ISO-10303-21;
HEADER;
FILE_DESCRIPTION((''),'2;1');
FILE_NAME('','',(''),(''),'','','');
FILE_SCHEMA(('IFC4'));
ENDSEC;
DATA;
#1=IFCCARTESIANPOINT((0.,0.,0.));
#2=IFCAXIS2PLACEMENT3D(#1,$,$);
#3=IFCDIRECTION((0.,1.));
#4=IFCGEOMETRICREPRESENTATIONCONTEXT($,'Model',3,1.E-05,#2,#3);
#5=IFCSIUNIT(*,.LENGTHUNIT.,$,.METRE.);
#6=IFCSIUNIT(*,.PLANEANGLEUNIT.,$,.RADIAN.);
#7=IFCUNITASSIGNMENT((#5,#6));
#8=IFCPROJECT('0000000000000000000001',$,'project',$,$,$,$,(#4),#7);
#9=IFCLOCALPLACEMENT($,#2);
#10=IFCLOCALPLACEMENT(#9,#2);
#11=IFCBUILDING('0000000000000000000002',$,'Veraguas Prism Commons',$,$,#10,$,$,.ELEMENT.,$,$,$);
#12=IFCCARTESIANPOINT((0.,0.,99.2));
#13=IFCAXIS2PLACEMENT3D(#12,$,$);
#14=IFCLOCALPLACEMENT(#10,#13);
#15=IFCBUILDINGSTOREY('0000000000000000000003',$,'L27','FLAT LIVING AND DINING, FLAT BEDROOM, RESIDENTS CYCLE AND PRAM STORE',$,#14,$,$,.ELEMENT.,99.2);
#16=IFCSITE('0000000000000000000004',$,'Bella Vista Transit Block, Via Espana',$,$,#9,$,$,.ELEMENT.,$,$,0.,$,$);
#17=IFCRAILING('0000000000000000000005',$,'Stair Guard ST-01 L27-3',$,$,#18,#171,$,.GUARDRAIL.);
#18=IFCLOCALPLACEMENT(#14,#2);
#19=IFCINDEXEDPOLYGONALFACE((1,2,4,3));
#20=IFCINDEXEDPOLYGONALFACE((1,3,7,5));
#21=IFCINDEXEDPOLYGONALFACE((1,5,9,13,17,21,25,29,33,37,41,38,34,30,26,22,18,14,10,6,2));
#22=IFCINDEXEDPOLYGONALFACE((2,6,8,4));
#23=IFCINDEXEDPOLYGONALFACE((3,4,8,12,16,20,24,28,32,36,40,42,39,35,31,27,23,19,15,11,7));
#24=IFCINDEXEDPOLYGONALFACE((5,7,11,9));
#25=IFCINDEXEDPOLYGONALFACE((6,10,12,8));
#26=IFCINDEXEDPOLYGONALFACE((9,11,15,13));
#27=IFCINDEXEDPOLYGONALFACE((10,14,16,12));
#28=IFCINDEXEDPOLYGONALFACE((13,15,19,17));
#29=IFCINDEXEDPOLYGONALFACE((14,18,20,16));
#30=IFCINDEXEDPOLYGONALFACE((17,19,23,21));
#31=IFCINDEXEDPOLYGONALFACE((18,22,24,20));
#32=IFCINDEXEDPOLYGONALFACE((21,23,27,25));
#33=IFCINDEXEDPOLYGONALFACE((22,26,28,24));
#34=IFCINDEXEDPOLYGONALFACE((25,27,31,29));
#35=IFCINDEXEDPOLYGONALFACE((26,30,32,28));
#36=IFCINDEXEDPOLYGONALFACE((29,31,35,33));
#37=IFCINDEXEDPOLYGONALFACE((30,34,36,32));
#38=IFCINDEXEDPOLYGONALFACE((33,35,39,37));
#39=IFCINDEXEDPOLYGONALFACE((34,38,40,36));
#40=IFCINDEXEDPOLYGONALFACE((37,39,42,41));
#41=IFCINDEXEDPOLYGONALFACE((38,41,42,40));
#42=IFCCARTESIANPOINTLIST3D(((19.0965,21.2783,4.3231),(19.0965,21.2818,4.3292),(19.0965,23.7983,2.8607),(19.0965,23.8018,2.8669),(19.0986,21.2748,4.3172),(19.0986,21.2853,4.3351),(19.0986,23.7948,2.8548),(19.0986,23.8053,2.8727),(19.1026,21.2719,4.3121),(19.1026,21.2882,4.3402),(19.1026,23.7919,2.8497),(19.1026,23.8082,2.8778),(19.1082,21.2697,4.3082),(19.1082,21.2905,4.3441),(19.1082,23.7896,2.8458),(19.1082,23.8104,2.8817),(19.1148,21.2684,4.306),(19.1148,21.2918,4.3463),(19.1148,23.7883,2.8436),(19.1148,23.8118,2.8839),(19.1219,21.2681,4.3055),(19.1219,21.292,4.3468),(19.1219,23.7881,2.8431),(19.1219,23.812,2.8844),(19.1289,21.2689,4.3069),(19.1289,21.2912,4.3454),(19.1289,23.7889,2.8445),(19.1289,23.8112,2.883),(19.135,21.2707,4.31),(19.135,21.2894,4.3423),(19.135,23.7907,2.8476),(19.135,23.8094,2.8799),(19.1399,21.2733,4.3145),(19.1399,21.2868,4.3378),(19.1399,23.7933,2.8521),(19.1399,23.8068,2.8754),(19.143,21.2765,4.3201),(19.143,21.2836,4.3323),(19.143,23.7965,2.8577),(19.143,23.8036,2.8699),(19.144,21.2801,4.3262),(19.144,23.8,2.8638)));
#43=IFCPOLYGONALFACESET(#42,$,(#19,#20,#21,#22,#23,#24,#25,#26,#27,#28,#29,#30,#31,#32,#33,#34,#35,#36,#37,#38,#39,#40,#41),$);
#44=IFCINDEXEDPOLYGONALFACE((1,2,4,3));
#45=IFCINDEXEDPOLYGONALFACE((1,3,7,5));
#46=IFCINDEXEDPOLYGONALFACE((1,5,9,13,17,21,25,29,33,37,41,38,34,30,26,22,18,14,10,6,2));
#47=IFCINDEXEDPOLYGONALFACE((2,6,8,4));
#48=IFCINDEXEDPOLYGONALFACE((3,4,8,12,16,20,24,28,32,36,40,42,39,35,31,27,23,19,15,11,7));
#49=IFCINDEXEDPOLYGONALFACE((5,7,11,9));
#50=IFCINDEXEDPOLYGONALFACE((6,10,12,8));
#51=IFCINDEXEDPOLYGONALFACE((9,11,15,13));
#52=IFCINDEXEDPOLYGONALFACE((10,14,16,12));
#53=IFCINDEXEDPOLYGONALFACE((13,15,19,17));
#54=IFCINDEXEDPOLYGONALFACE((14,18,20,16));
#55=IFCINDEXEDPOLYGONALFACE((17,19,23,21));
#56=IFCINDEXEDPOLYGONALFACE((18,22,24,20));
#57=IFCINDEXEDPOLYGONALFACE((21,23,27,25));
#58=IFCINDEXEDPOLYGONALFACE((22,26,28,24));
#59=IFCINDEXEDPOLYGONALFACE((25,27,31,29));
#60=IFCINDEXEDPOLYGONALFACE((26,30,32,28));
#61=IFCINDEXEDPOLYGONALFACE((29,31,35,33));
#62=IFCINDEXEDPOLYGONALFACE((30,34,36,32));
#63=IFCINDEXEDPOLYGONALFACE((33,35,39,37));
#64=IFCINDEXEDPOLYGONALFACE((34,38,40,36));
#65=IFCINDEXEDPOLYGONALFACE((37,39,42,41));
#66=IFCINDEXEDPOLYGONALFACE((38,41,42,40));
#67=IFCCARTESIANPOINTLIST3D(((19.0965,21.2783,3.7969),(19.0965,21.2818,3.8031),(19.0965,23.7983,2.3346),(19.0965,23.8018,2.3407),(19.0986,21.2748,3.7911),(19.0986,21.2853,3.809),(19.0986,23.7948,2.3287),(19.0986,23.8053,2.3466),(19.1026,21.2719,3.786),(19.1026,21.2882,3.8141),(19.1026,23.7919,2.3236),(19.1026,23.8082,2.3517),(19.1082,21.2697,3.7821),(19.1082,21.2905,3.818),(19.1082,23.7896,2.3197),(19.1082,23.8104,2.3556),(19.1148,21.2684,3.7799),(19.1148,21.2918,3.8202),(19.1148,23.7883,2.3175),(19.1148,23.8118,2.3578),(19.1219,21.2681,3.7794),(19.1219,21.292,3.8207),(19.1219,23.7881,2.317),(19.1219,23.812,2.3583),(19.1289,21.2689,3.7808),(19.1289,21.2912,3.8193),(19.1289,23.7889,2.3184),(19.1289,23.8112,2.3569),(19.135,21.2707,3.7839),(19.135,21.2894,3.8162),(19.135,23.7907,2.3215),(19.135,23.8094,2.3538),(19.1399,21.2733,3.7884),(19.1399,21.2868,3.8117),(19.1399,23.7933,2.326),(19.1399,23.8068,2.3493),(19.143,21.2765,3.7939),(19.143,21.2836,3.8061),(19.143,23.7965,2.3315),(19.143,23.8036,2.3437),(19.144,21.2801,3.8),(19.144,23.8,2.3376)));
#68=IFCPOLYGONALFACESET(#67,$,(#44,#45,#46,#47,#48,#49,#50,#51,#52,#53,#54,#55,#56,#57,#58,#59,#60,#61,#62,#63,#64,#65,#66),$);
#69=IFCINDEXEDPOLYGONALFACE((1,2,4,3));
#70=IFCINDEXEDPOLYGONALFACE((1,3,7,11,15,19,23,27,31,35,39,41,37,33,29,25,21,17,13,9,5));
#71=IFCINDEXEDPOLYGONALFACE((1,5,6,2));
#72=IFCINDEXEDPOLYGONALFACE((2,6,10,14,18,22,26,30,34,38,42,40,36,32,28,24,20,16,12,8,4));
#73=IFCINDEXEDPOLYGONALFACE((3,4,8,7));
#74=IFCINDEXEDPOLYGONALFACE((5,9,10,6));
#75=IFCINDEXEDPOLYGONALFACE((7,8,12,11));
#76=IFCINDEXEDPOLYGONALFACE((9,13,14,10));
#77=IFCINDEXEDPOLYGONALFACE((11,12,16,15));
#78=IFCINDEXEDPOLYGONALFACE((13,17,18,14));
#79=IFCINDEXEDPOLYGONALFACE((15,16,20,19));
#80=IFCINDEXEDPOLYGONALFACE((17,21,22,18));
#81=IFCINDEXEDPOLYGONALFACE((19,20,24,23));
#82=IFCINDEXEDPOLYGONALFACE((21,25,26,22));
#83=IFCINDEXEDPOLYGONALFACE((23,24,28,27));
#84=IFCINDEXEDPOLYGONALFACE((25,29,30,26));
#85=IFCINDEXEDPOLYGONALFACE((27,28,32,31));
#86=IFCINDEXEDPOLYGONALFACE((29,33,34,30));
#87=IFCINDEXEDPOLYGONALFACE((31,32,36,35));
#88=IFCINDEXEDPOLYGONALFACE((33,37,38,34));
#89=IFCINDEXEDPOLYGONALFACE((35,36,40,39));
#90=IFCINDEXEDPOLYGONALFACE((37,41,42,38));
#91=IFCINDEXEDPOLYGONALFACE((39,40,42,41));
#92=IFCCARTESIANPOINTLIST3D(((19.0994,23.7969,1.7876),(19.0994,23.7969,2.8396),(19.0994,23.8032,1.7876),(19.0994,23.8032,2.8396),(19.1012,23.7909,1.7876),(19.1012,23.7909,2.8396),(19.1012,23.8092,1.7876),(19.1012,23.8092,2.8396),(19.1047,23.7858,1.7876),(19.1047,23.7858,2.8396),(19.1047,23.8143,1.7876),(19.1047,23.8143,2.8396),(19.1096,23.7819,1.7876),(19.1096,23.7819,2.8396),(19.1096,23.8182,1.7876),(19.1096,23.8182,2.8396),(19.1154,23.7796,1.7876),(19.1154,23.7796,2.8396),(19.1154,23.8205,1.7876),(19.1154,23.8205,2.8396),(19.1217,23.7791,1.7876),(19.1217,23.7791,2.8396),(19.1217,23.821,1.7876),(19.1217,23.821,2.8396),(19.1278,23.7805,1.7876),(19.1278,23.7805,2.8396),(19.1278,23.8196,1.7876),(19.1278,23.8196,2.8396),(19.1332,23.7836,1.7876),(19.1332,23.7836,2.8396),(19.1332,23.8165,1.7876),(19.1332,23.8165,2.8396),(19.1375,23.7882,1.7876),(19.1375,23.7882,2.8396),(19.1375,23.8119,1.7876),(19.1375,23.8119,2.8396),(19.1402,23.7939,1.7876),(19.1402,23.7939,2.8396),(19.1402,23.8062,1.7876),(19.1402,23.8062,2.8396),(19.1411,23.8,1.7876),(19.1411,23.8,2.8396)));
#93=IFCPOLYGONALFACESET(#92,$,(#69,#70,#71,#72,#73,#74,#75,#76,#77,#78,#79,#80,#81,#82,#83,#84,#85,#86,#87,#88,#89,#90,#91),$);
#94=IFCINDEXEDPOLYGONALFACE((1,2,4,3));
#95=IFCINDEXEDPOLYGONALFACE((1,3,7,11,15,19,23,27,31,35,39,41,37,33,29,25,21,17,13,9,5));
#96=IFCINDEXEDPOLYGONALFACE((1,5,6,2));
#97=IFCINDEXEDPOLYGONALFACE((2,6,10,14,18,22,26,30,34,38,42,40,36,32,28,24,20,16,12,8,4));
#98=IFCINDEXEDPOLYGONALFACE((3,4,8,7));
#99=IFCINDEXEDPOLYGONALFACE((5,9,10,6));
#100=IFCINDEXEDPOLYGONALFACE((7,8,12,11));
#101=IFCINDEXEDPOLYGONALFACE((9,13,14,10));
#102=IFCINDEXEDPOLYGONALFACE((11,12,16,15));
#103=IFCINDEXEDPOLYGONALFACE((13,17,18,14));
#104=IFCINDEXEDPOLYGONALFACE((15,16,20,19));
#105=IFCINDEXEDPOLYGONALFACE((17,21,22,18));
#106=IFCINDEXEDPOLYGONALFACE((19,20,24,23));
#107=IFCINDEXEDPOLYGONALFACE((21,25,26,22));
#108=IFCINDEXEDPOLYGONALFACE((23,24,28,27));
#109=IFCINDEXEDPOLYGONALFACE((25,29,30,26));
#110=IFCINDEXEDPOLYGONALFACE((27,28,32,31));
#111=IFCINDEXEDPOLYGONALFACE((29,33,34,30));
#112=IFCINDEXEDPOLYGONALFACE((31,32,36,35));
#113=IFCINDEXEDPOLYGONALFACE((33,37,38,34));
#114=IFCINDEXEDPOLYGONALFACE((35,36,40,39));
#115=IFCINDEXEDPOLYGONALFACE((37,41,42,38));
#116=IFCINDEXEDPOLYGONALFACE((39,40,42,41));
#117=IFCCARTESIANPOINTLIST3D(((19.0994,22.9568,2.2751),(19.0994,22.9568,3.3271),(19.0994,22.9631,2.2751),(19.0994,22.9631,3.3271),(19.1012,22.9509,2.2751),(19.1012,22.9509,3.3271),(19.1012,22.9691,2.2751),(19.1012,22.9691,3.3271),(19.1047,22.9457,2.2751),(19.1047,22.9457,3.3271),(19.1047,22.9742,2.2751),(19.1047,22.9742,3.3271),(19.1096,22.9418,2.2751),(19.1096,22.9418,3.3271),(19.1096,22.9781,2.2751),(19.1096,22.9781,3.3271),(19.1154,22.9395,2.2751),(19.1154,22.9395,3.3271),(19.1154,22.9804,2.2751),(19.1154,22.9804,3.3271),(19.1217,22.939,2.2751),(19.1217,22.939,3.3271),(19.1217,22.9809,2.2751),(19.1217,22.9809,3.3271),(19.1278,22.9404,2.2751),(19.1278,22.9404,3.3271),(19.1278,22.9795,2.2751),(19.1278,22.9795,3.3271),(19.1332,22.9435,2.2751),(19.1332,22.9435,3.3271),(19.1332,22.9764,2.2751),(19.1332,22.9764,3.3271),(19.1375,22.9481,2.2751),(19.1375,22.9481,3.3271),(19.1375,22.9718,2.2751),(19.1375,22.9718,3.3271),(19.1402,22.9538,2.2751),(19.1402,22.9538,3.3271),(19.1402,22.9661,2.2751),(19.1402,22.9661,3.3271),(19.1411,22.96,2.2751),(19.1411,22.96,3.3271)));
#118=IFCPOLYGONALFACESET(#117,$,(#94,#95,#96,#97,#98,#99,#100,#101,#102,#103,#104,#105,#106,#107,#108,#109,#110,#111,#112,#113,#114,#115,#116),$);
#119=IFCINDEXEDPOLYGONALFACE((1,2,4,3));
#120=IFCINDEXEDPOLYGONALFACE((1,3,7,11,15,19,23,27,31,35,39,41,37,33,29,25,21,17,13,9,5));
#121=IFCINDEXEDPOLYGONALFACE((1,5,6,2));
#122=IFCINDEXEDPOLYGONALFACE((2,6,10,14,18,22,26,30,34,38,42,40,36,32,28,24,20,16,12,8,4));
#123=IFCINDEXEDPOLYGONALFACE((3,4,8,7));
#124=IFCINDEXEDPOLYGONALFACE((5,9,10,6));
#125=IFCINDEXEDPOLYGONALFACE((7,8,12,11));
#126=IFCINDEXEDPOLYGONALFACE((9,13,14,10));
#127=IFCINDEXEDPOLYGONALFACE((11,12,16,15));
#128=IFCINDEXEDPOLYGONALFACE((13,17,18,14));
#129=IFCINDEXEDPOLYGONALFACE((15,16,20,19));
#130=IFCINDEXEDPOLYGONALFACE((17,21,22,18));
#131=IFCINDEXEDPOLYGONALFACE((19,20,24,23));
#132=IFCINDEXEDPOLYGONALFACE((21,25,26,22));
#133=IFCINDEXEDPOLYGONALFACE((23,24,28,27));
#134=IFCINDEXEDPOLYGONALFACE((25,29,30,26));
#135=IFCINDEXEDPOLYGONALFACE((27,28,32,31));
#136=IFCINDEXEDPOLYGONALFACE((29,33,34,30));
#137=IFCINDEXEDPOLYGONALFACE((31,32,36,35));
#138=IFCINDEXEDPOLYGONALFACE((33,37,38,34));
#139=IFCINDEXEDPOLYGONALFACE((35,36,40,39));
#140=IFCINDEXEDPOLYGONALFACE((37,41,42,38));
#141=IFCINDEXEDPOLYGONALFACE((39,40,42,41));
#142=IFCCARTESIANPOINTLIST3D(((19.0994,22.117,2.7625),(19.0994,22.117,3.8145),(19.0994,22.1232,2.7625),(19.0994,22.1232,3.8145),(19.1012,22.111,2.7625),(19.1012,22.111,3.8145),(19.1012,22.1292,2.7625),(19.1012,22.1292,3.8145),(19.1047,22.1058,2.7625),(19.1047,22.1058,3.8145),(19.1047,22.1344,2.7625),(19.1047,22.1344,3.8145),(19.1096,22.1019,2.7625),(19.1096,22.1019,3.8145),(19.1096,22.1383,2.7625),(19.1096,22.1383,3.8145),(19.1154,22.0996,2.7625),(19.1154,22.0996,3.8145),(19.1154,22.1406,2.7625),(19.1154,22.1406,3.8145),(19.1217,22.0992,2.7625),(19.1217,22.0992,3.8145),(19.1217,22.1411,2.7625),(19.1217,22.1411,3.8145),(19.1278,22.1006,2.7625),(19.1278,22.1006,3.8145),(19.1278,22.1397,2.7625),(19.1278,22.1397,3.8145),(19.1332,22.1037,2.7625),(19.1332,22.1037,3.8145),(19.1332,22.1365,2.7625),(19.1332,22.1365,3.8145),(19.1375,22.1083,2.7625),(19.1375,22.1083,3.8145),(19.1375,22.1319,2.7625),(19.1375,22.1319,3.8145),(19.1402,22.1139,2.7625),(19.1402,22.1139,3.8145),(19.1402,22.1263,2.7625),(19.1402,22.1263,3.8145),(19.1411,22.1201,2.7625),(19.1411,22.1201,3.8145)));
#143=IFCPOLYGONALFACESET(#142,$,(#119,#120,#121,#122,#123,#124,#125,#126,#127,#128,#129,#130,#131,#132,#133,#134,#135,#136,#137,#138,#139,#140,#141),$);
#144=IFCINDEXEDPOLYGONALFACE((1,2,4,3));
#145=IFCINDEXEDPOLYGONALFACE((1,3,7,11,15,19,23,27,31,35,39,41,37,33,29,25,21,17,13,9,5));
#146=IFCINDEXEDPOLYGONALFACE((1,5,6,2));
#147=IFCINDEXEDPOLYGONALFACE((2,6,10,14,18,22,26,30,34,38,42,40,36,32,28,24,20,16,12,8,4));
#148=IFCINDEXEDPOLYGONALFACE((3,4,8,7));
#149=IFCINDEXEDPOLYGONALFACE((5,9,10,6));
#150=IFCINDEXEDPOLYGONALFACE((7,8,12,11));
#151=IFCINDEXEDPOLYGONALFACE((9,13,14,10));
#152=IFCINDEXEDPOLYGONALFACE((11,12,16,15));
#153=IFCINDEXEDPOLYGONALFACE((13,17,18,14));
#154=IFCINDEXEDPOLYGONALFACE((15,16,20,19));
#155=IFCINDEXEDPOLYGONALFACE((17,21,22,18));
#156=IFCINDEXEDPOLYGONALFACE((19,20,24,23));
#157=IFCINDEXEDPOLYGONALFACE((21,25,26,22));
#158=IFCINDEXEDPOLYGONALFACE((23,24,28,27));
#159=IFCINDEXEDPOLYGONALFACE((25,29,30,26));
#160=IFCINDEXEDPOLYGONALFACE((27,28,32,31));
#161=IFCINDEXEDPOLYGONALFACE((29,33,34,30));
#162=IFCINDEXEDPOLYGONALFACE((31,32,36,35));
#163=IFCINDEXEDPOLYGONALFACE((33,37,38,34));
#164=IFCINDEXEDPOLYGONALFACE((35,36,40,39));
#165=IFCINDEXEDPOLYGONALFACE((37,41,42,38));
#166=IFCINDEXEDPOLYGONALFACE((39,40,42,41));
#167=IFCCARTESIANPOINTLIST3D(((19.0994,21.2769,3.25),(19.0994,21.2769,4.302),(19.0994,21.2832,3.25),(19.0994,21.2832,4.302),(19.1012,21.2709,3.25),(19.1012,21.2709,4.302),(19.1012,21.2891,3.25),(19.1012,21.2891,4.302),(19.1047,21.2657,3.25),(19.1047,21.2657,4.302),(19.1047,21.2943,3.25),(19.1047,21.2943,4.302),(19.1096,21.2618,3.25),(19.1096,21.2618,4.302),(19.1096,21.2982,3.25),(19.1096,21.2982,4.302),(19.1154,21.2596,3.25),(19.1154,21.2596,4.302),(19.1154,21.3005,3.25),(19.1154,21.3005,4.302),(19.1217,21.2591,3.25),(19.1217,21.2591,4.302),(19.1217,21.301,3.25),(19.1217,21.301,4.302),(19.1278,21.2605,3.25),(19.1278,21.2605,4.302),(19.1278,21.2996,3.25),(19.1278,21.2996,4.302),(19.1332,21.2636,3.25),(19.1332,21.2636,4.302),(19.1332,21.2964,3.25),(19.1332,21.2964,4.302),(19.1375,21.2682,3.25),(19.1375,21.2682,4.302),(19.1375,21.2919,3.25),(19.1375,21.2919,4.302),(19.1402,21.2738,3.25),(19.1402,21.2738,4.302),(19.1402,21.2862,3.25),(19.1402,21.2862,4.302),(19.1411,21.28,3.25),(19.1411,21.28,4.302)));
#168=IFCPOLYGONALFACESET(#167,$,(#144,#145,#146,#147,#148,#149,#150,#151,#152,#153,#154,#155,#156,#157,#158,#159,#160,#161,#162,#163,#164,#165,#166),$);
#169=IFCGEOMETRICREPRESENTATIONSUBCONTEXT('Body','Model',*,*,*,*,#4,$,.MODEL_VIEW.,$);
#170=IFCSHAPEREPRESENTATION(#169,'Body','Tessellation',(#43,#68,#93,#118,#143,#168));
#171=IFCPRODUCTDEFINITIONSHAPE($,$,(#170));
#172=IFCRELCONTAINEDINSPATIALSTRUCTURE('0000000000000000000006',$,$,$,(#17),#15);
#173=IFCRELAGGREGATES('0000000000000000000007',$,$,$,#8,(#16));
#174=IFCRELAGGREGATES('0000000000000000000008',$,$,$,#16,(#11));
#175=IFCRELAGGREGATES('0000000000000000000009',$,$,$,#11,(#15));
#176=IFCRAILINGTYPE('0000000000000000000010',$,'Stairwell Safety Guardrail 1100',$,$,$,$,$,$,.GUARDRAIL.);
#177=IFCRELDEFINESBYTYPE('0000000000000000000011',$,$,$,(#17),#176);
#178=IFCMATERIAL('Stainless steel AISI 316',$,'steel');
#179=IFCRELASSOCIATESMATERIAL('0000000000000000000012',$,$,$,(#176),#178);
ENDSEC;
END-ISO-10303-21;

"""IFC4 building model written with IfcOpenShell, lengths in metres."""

from ifc_helpers import new_model, si_unit, direction, frame, origin, origin_2d, place, context, subcontext, project, spatial, circle, extrude, material, type_object, element, save


model = new_model("IFC4")

# Units and contexts
model_context = context("Model", 3, precision=1e-05, world=origin(), true_north=direction((0.0, 1.0)))
body_context = subcontext(model_context, "Body", "Model", "MODEL_VIEW")
ifc_project = project(units=[si_unit("LENGTHUNIT", "METRE"), si_unit("PLANEANGLEUNIT", "RADIAN")], contexts=[model_context])

# Site, building, storey
site_placement = place(None, origin())
site = spatial("IfcSite", under=ifc_project, at=site_placement, Name="Bella Vista Transit Block, Via Espana", CompositionType="ELEMENT", RefElevation=0.0)
building_placement = place(site_placement, origin())
building = spatial("IfcBuilding", under=site, at=building_placement, Name="Veraguas Prism Commons", CompositionType="ELEMENT")
storey_placement = place(building_placement, frame((0.0, 0.0, 99.2)))
storey = spatial("IfcBuildingStorey", under=building, at=storey_placement, Name="L27", Description="FLAT LIVING AND DINING, FLAT BEDROOM, RESIDENTS CYCLE AND PRAM STORE", CompositionType="ELEMENT", Elevation=99.2)

# Railing
ifc_material_1 = material(Name="Stainless steel AISI 316", Category="steel")
railing_type_1 = type_object("IfcRailingType", Name="Stairwell Safety Guardrail 1100", PredefinedType="GUARDRAIL", material=ifc_material_1)
railing_1_placement = place(storey_placement, frame((19.1201, 23.8, 1.7876)))
element("IfcRailing", 1, at=railing_1_placement, inside=storey, type_object=railing_type_1, Name="Stair Guard ST-01 L27-3", PredefinedType="GUARDRAIL", context=body_context, shape_type="SweptSolid", body=[
    extrude(circle(Radius=0.0239, at=origin_2d()), frame((0.0, 0.0, 1.0762), z_axis=(0.0, -0.864913, 0.501921), x_axis=(1.0, 0.0, 0.0)), (0.0, 0.0, 1.0), 2.9136),
    extrude(circle(Radius=0.0239, at=origin_2d()), frame((0.0, 0.0, 0.55), z_axis=(0.0, -0.864913, 0.501921), x_axis=(1.0, 0.0, 0.0)), (0.0, 0.0, 1.0), 2.9136),
    extrude(circle(Radius=0.021, at=origin_2d()), origin(), (0.0, 0.0, 1.0), 1.052),
    extrude(circle(Radius=0.021, at=origin_2d()), frame((0.0, -0.8401, 0.4875)), (0.0, 0.0, 1.0), 1.052),
    extrude(circle(Radius=0.021, at=origin_2d()), frame((0.0, -1.6799, 0.9749)), (0.0, 0.0, 1.0), 1.052),
    extrude(circle(Radius=0.021, at=origin_2d()), frame((0.0, -2.52, 1.4624)), (0.0, 0.0, 1.0), 1.052),
])

save(model, "model.ifc")
